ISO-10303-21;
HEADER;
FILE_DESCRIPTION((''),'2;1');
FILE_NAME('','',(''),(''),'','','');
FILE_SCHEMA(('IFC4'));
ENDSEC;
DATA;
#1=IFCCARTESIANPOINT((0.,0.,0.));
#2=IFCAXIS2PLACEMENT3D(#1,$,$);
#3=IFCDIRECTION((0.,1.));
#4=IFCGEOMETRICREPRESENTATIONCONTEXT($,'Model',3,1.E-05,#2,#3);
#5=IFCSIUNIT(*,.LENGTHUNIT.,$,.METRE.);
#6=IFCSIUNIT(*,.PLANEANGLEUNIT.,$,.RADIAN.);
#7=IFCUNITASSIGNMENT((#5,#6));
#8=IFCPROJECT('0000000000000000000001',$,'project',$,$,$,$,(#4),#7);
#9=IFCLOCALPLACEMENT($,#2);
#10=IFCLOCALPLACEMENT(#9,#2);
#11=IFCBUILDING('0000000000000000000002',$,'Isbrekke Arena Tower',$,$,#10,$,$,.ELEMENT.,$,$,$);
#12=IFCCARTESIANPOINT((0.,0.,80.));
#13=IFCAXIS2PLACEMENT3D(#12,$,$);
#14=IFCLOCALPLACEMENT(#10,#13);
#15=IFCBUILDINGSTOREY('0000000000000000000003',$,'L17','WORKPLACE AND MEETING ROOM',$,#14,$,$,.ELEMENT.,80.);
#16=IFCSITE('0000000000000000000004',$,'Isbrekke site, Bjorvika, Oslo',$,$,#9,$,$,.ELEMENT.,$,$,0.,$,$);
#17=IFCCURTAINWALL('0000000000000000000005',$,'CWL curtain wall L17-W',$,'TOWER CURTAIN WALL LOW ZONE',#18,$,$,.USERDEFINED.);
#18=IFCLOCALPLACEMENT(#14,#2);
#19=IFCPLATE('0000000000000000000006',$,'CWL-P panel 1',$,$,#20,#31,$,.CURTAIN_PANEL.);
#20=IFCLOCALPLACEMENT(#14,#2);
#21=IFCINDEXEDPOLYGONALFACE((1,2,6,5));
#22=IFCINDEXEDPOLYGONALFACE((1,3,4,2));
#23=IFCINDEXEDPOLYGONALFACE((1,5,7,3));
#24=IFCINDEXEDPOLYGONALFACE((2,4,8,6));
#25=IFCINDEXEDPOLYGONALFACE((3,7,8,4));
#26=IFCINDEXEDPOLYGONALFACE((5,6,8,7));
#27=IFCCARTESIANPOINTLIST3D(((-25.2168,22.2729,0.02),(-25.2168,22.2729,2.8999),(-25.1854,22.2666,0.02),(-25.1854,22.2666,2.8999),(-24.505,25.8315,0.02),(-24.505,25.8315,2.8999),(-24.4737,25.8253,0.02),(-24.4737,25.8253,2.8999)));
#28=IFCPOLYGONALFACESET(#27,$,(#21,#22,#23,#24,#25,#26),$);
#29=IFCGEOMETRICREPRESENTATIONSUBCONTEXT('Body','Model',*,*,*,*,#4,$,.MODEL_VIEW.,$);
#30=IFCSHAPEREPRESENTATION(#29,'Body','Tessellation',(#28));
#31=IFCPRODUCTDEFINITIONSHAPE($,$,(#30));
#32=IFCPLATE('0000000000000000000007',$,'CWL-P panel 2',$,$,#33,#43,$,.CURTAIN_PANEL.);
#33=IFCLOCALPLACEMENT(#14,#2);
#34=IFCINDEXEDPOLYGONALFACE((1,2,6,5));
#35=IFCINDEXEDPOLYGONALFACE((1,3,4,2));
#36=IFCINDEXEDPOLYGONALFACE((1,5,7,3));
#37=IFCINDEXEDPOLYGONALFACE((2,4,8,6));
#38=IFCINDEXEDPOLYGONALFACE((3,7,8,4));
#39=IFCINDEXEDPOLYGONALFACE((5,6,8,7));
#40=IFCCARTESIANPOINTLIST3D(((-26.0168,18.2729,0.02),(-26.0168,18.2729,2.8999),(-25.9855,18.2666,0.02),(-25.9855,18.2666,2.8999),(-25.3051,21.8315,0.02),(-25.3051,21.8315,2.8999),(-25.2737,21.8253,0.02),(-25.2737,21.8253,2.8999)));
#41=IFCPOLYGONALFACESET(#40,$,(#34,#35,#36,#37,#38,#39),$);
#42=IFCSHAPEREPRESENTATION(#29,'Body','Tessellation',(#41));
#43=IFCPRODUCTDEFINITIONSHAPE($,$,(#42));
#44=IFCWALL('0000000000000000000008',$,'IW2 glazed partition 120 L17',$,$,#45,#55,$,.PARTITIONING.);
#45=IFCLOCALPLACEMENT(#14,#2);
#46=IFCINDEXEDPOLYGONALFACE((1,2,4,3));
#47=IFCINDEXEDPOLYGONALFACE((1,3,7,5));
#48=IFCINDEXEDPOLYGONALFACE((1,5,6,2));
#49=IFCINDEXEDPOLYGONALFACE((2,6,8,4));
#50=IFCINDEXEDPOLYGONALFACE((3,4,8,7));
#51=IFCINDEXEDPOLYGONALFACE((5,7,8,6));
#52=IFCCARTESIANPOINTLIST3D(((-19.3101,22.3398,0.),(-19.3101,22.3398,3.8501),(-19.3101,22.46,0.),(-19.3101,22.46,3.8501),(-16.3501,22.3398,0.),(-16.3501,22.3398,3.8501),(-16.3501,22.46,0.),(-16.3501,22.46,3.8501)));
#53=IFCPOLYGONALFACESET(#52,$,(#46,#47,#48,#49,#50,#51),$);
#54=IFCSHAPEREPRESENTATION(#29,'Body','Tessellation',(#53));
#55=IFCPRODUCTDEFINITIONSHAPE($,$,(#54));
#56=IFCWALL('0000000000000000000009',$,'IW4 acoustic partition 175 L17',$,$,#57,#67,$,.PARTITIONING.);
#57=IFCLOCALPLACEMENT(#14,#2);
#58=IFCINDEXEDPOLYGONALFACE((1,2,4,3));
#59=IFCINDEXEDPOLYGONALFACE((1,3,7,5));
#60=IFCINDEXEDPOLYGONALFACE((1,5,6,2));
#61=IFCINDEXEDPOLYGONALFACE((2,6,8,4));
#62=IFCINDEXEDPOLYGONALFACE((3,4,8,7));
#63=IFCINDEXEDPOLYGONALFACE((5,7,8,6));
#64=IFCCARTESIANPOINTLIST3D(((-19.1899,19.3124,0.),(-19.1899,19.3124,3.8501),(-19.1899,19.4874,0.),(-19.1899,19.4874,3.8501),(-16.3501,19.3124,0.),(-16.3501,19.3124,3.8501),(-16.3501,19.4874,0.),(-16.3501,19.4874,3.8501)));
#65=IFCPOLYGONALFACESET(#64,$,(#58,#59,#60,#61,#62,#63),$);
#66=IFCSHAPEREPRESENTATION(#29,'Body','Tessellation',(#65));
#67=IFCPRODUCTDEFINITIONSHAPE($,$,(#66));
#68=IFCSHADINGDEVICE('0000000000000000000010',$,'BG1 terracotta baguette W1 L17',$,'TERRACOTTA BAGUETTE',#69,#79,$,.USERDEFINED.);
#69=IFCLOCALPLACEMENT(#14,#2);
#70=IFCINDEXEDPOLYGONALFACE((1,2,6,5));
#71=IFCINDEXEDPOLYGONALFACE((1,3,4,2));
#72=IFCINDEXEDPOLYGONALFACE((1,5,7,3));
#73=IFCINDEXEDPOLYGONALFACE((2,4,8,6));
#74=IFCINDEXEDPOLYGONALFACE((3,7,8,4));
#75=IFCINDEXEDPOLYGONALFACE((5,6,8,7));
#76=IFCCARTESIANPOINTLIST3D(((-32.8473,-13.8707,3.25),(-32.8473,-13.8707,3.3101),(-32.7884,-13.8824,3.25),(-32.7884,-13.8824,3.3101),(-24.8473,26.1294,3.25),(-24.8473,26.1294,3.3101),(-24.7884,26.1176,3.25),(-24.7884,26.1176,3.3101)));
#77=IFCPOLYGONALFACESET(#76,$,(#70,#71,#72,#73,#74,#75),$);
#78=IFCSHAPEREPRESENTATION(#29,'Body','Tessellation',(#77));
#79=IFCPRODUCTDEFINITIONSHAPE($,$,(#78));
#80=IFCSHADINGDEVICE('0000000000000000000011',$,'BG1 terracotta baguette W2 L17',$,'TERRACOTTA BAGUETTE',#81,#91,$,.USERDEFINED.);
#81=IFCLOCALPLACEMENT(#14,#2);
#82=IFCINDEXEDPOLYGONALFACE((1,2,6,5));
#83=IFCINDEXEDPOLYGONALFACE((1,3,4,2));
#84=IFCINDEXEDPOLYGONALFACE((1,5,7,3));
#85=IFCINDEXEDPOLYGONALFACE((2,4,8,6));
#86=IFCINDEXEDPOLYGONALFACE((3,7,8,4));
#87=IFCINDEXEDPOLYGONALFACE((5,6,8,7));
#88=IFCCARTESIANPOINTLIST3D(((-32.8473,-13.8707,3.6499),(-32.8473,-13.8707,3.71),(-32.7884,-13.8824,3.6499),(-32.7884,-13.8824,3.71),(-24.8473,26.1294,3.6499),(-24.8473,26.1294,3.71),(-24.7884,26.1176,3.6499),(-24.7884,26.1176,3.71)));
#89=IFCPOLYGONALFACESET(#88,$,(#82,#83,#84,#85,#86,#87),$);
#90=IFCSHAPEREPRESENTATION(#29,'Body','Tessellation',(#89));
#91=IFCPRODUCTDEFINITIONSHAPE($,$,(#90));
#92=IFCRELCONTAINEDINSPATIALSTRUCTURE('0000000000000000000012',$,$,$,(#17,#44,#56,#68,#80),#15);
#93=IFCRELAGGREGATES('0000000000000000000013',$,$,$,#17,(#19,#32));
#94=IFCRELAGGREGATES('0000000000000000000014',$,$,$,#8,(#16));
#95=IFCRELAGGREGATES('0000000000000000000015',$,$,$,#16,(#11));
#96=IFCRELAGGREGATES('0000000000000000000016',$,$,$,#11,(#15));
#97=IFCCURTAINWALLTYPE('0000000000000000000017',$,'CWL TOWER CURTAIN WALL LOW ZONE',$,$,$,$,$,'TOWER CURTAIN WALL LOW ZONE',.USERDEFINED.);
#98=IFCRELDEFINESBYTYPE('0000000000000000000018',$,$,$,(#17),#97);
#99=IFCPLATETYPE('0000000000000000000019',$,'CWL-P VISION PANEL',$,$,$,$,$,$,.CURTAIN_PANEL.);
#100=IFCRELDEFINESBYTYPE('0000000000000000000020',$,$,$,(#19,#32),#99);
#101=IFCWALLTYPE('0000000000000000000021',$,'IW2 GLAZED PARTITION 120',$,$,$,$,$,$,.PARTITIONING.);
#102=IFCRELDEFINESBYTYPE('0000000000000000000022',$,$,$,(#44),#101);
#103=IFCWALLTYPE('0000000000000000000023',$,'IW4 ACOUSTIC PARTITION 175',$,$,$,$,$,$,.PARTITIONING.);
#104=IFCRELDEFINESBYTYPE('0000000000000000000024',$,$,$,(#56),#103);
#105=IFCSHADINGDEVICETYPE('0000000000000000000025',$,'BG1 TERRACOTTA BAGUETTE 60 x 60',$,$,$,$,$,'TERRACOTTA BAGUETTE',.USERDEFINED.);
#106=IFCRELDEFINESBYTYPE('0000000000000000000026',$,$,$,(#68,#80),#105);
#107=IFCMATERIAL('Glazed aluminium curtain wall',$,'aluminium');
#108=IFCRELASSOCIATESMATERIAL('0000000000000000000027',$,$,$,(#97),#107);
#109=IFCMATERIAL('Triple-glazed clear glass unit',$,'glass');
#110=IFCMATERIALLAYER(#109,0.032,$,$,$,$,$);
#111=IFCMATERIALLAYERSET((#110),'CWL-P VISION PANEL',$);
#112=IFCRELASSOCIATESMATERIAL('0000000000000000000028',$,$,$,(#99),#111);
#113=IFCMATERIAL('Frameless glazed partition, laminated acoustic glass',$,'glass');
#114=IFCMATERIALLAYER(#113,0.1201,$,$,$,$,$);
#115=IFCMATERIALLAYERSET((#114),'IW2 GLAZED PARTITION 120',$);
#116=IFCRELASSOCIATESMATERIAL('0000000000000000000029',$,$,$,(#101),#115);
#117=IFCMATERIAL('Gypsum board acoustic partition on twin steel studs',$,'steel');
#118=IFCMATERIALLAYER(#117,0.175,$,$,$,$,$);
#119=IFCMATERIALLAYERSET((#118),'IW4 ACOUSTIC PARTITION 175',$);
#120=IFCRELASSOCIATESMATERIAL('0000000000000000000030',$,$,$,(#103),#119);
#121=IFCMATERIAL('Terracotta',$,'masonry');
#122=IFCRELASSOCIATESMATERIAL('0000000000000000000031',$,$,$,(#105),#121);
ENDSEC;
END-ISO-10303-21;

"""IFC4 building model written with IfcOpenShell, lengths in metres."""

from ifc_helpers import new_model, si_unit, direction, frame, frame_2d, origin, origin_2d, place, context, subcontext, project, spatial, rectangle, extrude, material, layer, layer_set, material_profile, profile_set, type_object, element, aggregate, save


model = new_model("IFC4")

# Units and contexts
model_context = context("Model", 3, precision=1e-05, world=origin(), true_north=direction((0.0, 1.0)))
body_context = subcontext(model_context, "Body", "Model", "MODEL_VIEW")
ifc_project = project(units=[si_unit("LENGTHUNIT", "METRE"), si_unit("PLANEANGLEUNIT", "RADIAN")], contexts=[model_context])

# Site, building, storey
site_placement = place(None, origin())
site = spatial("IfcSite", under=ifc_project, at=site_placement, Name="Isbrekke site, Bjorvika, Oslo", CompositionType="ELEMENT", RefElevation=0.0)
building_placement = place(site_placement, origin())
building = spatial("IfcBuilding", under=site, at=building_placement, Name="Isbrekke Arena Tower", CompositionType="ELEMENT")
storey_placement = place(building_placement, frame((0.0, 0.0, 80.0)))
storey = spatial("IfcBuildingStorey", under=building, at=storey_placement, Name="L17", Description="WORKPLACE AND MEETING ROOM", CompositionType="ELEMENT", Elevation=80.0)

# Shared definitions
ifc_material_1 = material(Name="Glazed aluminium curtain wall", Category="aluminium")
curtain_wall_type = type_object("IfcCurtainWallType", Name="CWL TOWER CURTAIN WALL LOW ZONE", ElementType="TOWER CURTAIN WALL LOW ZONE", PredefinedType="USERDEFINED", material=ifc_material_1)

# Curtain wall
curtain_wall_1_placement = place(storey_placement, origin())
curtain_wall_1 = element("IfcCurtainWall", 1, at=curtain_wall_1_placement, inside=storey, type_object=curtain_wall_type, Name="CWL curtain wall L17-W", ObjectType="TOWER CURTAIN WALL LOW ZONE", PredefinedType="USERDEFINED")

# Plates
ifc_material_2 = material(Name="Triple-glazed clear glass unit", Category="glass")
ifc_layer_1 = layer(ifc_material_2, 0.032)
ifc_layer_set_1 = layer_set([ifc_layer_1], Name="CWL-P VISION PANEL")
plate_type = type_object("IfcPlateType", Name="CWL-P VISION PANEL", PredefinedType="CURTAIN_PANEL", material=ifc_layer_set_1)
plate_1_placement = place(storey_placement, frame((-24.8452, 24.0491, 0.02), z_axis=(0.0, 0.0, 1.0), x_axis=(-0.196116, -0.980581, 0.0)))
plate_1 = element("IfcPlate", 2, at=plate_1_placement, type_object=plate_type, Name="CWL-P panel 1", PredefinedType="CURTAIN_PANEL", context=body_context, shape_type="SweptSolid", body=[
    extrude(rectangle(XDim=3.6292, YDim=0.032, at=origin_2d()), origin(), (0.0, 0.0, 1.0), 2.8799),
])
plate_2_placement = place(storey_placement, frame((-25.6453, 20.0491, 0.02), z_axis=(0.0, 0.0, 1.0), x_axis=(-0.196116, -0.980581, 0.0)))
plate_2 = element("IfcPlate", 3, at=plate_2_placement, type_object=plate_type, Name="CWL-P panel 2", PredefinedType="CURTAIN_PANEL", context=body_context, shape_type="SweptSolid", body=[
    extrude(rectangle(XDim=3.6292, YDim=0.032, at=origin_2d()), origin(), (0.0, 0.0, 1.0), 2.8799),
])
aggregate(curtain_wall_1, [plate_1, plate_2])

# Wall
ifc_material_3 = material(Name="Frameless glazed partition, laminated acoustic glass", Category="glass")
ifc_layer_2 = layer(ifc_material_3, 0.1201)
ifc_layer_set_2 = layer_set([ifc_layer_2], Name="IW2 GLAZED PARTITION 120")
wall_type_1 = type_object("IfcWallType", Name="IW2 GLAZED PARTITION 120", PredefinedType="PARTITIONING", material=ifc_layer_set_2)
wall_1_placement = place(storey_placement, frame((-19.3101, 22.3999, 0.0), z_axis=(0.0, 0.0, 1.0), x_axis=(1.0, 0.0, 0.0)))
element("IfcWall", 4, at=wall_1_placement, inside=storey, type_object=wall_type_1, Name="IW2 glazed partition 120 L17", PredefinedType="PARTITIONING", context=body_context, shape_type="SweptSolid", body=[
    extrude(rectangle(XDim=2.96, YDim=0.1201, at=frame_2d((1.48, 0.0))), origin(), (0.0, 0.0, 1.0), 3.8501),
])

# Wall
ifc_material_4 = material(Name="Gypsum board acoustic partition on twin steel studs", Category="steel")
ifc_layer_3 = layer(ifc_material_4, 0.175)
ifc_layer_set_3 = layer_set([ifc_layer_3], Name="IW4 ACOUSTIC PARTITION 175")
wall_type_2 = type_object("IfcWallType", Name="IW4 ACOUSTIC PARTITION 175", PredefinedType="PARTITIONING", material=ifc_layer_set_3)
wall_2_placement = place(storey_placement, frame((-19.1899, 19.3999, 0.0), z_axis=(0.0, 0.0, 1.0), x_axis=(1.0, 0.0, 0.0)))
element("IfcWall", 5, at=wall_2_placement, inside=storey, type_object=wall_type_2, Name="IW4 acoustic partition 175 L17", PredefinedType="PARTITIONING", context=body_context, shape_type="SweptSolid", body=[
    extrude(rectangle(XDim=2.8398, YDim=0.175, at=frame_2d((1.4199, 0.0))), origin(), (0.0, 0.0, 1.0), 3.8501),
])

# Shading devices
ifc_material_5 = material(Name="Terracotta", Category="masonry")
ifc_material_profile_1 = material_profile(ifc_material_5, rectangle(XDim=0.0601, YDim=0.0601, at=origin_2d()), Name="BAGUETTE 60X60")
ifc_profile_set_1 = profile_set([ifc_material_profile_1], Name="Terracotta")
shading_device_type = type_object("IfcShadingDeviceType", Name="BG1 TERRACOTTA BAGUETTE 60 x 60", ElementType="TERRACOTTA BAGUETTE", PredefinedType="USERDEFINED", material=ifc_profile_set_1)
for number, where, z_axis, x_axis, name in (
    (6, (-24.8179, 26.1235, 3.28), (-0.196116, -0.980581, 0.0), (0.980581, -0.196116, 0.0), "BG1 terracotta baguette W1 L17"),
    (7, (-24.8179, 26.1235, 3.6799), (-0.196116, -0.980581, 0.0), (0.980581, -0.196116, 0.0), "BG1 terracotta baguette W2 L17"),
):
    element("IfcShadingDevice", number, at=place(storey_placement, frame(where, z_axis=z_axis, x_axis=x_axis)), inside=storey, type_object=shading_device_type, Name=name, ObjectType="TERRACOTTA BAGUETTE", PredefinedType="USERDEFINED", context=body_context, shape_type="SweptSolid", body=[
        extrude(rectangle(XDim=0.0601, YDim=0.0601, at=origin_2d()), origin(), (0.0, 0.0, 1.0), 40.7922),
    ])

save(model, "model.ifc")
